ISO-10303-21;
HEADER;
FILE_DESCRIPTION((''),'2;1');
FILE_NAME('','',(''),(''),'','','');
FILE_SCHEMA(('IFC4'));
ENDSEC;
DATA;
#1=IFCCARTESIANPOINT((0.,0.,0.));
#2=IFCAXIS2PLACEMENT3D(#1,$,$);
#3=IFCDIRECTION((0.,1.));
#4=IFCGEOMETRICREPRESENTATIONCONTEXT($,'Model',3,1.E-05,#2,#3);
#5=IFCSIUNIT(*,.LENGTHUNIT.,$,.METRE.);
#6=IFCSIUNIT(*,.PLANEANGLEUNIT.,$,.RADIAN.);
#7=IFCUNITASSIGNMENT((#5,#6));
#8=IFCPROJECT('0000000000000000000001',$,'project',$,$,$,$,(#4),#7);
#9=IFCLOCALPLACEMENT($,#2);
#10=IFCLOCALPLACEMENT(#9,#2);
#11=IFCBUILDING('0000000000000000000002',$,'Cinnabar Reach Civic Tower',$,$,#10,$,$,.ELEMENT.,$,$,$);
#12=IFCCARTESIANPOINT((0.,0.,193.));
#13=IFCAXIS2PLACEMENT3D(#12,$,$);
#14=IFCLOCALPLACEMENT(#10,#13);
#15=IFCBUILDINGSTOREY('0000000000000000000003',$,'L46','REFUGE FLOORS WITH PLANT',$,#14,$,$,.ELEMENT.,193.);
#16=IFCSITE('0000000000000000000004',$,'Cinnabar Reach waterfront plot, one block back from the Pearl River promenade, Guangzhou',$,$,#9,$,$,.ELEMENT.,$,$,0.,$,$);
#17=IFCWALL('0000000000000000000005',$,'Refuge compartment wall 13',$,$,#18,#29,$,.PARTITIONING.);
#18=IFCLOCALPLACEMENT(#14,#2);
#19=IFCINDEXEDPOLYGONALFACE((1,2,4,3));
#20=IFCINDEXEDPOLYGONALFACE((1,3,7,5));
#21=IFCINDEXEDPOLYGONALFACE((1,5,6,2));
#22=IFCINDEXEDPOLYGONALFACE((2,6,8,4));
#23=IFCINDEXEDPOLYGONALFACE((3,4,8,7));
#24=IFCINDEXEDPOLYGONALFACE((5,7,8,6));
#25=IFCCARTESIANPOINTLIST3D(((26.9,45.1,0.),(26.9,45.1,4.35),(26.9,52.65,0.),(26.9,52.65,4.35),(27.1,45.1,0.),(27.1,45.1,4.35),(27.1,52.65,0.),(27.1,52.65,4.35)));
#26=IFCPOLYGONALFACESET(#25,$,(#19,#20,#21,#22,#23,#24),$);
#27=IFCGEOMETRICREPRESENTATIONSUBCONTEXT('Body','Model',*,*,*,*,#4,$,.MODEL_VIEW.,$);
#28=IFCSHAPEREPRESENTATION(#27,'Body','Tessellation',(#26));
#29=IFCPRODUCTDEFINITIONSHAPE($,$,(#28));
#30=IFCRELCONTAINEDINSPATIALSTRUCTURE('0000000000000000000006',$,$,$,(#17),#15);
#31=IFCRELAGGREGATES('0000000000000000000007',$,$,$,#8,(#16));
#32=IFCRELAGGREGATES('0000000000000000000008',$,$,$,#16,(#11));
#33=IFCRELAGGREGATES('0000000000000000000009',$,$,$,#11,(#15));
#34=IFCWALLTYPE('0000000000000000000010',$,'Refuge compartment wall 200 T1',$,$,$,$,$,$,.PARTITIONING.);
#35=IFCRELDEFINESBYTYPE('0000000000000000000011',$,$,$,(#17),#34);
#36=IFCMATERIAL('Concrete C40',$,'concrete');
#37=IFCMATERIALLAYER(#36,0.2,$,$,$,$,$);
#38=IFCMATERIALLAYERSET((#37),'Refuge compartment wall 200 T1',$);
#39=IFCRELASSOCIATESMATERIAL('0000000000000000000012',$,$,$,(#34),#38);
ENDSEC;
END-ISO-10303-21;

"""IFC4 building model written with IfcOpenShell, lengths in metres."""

from ifc_helpers import new_model, si_unit, direction, frame, frame_2d, origin, place, context, subcontext, project, spatial, rectangle, extrude, material, layer, layer_set, type_object, element, save


model = new_model("IFC4")

# Units and contexts
model_context = context("Model", 3, precision=1e-05, world=origin(), true_north=direction((0.0, 1.0)))
body_context = subcontext(model_context, "Body", "Model", "MODEL_VIEW")
ifc_project = project(units=[si_unit("LENGTHUNIT", "METRE"), si_unit("PLANEANGLEUNIT", "RADIAN")], contexts=[model_context])

# Site, building, storey
site_placement = place(None, origin())
site = spatial("IfcSite", under=ifc_project, at=site_placement, Name="Cinnabar Reach waterfront plot, one block back from the Pearl River promenade, Guangzhou", CompositionType="ELEMENT", RefElevation=0.0)
building_placement = place(site_placement, origin())
building = spatial("IfcBuilding", under=site, at=building_placement, Name="Cinnabar Reach Civic Tower", CompositionType="ELEMENT")
storey_placement = place(building_placement, frame((0.0, 0.0, 193.0)))
storey = spatial("IfcBuildingStorey", under=building, at=storey_placement, Name="L46", Description="REFUGE FLOORS WITH PLANT", CompositionType="ELEMENT", Elevation=193.0)

# Wall
ifc_material_1 = material(Name="Concrete C40", Category="concrete")
ifc_layer_1 = layer(ifc_material_1, 0.2)
ifc_layer_set_1 = layer_set([ifc_layer_1], Name="Refuge compartment wall 200 T1")
wall_type_1 = type_object("IfcWallType", Name="Refuge compartment wall 200 T1", PredefinedType="PARTITIONING", material=ifc_layer_set_1)
wall_1_placement = place(storey_placement, frame((27.0, 45.1, 0.0), z_axis=(0.0, 0.0, 1.0), x_axis=(0.0, 1.0, 0.0)))
element("IfcWall", 1, at=wall_1_placement, inside=storey, type_object=wall_type_1, Name="Refuge compartment wall 13", PredefinedType="PARTITIONING", context=body_context, shape_type="SweptSolid", body=[
    extrude(rectangle(XDim=7.55, YDim=0.2, at=frame_2d((3.775, 0.0))), origin(), (0.0, 0.0, 1.0), 4.35),
])

save(model, "model.ifc")
